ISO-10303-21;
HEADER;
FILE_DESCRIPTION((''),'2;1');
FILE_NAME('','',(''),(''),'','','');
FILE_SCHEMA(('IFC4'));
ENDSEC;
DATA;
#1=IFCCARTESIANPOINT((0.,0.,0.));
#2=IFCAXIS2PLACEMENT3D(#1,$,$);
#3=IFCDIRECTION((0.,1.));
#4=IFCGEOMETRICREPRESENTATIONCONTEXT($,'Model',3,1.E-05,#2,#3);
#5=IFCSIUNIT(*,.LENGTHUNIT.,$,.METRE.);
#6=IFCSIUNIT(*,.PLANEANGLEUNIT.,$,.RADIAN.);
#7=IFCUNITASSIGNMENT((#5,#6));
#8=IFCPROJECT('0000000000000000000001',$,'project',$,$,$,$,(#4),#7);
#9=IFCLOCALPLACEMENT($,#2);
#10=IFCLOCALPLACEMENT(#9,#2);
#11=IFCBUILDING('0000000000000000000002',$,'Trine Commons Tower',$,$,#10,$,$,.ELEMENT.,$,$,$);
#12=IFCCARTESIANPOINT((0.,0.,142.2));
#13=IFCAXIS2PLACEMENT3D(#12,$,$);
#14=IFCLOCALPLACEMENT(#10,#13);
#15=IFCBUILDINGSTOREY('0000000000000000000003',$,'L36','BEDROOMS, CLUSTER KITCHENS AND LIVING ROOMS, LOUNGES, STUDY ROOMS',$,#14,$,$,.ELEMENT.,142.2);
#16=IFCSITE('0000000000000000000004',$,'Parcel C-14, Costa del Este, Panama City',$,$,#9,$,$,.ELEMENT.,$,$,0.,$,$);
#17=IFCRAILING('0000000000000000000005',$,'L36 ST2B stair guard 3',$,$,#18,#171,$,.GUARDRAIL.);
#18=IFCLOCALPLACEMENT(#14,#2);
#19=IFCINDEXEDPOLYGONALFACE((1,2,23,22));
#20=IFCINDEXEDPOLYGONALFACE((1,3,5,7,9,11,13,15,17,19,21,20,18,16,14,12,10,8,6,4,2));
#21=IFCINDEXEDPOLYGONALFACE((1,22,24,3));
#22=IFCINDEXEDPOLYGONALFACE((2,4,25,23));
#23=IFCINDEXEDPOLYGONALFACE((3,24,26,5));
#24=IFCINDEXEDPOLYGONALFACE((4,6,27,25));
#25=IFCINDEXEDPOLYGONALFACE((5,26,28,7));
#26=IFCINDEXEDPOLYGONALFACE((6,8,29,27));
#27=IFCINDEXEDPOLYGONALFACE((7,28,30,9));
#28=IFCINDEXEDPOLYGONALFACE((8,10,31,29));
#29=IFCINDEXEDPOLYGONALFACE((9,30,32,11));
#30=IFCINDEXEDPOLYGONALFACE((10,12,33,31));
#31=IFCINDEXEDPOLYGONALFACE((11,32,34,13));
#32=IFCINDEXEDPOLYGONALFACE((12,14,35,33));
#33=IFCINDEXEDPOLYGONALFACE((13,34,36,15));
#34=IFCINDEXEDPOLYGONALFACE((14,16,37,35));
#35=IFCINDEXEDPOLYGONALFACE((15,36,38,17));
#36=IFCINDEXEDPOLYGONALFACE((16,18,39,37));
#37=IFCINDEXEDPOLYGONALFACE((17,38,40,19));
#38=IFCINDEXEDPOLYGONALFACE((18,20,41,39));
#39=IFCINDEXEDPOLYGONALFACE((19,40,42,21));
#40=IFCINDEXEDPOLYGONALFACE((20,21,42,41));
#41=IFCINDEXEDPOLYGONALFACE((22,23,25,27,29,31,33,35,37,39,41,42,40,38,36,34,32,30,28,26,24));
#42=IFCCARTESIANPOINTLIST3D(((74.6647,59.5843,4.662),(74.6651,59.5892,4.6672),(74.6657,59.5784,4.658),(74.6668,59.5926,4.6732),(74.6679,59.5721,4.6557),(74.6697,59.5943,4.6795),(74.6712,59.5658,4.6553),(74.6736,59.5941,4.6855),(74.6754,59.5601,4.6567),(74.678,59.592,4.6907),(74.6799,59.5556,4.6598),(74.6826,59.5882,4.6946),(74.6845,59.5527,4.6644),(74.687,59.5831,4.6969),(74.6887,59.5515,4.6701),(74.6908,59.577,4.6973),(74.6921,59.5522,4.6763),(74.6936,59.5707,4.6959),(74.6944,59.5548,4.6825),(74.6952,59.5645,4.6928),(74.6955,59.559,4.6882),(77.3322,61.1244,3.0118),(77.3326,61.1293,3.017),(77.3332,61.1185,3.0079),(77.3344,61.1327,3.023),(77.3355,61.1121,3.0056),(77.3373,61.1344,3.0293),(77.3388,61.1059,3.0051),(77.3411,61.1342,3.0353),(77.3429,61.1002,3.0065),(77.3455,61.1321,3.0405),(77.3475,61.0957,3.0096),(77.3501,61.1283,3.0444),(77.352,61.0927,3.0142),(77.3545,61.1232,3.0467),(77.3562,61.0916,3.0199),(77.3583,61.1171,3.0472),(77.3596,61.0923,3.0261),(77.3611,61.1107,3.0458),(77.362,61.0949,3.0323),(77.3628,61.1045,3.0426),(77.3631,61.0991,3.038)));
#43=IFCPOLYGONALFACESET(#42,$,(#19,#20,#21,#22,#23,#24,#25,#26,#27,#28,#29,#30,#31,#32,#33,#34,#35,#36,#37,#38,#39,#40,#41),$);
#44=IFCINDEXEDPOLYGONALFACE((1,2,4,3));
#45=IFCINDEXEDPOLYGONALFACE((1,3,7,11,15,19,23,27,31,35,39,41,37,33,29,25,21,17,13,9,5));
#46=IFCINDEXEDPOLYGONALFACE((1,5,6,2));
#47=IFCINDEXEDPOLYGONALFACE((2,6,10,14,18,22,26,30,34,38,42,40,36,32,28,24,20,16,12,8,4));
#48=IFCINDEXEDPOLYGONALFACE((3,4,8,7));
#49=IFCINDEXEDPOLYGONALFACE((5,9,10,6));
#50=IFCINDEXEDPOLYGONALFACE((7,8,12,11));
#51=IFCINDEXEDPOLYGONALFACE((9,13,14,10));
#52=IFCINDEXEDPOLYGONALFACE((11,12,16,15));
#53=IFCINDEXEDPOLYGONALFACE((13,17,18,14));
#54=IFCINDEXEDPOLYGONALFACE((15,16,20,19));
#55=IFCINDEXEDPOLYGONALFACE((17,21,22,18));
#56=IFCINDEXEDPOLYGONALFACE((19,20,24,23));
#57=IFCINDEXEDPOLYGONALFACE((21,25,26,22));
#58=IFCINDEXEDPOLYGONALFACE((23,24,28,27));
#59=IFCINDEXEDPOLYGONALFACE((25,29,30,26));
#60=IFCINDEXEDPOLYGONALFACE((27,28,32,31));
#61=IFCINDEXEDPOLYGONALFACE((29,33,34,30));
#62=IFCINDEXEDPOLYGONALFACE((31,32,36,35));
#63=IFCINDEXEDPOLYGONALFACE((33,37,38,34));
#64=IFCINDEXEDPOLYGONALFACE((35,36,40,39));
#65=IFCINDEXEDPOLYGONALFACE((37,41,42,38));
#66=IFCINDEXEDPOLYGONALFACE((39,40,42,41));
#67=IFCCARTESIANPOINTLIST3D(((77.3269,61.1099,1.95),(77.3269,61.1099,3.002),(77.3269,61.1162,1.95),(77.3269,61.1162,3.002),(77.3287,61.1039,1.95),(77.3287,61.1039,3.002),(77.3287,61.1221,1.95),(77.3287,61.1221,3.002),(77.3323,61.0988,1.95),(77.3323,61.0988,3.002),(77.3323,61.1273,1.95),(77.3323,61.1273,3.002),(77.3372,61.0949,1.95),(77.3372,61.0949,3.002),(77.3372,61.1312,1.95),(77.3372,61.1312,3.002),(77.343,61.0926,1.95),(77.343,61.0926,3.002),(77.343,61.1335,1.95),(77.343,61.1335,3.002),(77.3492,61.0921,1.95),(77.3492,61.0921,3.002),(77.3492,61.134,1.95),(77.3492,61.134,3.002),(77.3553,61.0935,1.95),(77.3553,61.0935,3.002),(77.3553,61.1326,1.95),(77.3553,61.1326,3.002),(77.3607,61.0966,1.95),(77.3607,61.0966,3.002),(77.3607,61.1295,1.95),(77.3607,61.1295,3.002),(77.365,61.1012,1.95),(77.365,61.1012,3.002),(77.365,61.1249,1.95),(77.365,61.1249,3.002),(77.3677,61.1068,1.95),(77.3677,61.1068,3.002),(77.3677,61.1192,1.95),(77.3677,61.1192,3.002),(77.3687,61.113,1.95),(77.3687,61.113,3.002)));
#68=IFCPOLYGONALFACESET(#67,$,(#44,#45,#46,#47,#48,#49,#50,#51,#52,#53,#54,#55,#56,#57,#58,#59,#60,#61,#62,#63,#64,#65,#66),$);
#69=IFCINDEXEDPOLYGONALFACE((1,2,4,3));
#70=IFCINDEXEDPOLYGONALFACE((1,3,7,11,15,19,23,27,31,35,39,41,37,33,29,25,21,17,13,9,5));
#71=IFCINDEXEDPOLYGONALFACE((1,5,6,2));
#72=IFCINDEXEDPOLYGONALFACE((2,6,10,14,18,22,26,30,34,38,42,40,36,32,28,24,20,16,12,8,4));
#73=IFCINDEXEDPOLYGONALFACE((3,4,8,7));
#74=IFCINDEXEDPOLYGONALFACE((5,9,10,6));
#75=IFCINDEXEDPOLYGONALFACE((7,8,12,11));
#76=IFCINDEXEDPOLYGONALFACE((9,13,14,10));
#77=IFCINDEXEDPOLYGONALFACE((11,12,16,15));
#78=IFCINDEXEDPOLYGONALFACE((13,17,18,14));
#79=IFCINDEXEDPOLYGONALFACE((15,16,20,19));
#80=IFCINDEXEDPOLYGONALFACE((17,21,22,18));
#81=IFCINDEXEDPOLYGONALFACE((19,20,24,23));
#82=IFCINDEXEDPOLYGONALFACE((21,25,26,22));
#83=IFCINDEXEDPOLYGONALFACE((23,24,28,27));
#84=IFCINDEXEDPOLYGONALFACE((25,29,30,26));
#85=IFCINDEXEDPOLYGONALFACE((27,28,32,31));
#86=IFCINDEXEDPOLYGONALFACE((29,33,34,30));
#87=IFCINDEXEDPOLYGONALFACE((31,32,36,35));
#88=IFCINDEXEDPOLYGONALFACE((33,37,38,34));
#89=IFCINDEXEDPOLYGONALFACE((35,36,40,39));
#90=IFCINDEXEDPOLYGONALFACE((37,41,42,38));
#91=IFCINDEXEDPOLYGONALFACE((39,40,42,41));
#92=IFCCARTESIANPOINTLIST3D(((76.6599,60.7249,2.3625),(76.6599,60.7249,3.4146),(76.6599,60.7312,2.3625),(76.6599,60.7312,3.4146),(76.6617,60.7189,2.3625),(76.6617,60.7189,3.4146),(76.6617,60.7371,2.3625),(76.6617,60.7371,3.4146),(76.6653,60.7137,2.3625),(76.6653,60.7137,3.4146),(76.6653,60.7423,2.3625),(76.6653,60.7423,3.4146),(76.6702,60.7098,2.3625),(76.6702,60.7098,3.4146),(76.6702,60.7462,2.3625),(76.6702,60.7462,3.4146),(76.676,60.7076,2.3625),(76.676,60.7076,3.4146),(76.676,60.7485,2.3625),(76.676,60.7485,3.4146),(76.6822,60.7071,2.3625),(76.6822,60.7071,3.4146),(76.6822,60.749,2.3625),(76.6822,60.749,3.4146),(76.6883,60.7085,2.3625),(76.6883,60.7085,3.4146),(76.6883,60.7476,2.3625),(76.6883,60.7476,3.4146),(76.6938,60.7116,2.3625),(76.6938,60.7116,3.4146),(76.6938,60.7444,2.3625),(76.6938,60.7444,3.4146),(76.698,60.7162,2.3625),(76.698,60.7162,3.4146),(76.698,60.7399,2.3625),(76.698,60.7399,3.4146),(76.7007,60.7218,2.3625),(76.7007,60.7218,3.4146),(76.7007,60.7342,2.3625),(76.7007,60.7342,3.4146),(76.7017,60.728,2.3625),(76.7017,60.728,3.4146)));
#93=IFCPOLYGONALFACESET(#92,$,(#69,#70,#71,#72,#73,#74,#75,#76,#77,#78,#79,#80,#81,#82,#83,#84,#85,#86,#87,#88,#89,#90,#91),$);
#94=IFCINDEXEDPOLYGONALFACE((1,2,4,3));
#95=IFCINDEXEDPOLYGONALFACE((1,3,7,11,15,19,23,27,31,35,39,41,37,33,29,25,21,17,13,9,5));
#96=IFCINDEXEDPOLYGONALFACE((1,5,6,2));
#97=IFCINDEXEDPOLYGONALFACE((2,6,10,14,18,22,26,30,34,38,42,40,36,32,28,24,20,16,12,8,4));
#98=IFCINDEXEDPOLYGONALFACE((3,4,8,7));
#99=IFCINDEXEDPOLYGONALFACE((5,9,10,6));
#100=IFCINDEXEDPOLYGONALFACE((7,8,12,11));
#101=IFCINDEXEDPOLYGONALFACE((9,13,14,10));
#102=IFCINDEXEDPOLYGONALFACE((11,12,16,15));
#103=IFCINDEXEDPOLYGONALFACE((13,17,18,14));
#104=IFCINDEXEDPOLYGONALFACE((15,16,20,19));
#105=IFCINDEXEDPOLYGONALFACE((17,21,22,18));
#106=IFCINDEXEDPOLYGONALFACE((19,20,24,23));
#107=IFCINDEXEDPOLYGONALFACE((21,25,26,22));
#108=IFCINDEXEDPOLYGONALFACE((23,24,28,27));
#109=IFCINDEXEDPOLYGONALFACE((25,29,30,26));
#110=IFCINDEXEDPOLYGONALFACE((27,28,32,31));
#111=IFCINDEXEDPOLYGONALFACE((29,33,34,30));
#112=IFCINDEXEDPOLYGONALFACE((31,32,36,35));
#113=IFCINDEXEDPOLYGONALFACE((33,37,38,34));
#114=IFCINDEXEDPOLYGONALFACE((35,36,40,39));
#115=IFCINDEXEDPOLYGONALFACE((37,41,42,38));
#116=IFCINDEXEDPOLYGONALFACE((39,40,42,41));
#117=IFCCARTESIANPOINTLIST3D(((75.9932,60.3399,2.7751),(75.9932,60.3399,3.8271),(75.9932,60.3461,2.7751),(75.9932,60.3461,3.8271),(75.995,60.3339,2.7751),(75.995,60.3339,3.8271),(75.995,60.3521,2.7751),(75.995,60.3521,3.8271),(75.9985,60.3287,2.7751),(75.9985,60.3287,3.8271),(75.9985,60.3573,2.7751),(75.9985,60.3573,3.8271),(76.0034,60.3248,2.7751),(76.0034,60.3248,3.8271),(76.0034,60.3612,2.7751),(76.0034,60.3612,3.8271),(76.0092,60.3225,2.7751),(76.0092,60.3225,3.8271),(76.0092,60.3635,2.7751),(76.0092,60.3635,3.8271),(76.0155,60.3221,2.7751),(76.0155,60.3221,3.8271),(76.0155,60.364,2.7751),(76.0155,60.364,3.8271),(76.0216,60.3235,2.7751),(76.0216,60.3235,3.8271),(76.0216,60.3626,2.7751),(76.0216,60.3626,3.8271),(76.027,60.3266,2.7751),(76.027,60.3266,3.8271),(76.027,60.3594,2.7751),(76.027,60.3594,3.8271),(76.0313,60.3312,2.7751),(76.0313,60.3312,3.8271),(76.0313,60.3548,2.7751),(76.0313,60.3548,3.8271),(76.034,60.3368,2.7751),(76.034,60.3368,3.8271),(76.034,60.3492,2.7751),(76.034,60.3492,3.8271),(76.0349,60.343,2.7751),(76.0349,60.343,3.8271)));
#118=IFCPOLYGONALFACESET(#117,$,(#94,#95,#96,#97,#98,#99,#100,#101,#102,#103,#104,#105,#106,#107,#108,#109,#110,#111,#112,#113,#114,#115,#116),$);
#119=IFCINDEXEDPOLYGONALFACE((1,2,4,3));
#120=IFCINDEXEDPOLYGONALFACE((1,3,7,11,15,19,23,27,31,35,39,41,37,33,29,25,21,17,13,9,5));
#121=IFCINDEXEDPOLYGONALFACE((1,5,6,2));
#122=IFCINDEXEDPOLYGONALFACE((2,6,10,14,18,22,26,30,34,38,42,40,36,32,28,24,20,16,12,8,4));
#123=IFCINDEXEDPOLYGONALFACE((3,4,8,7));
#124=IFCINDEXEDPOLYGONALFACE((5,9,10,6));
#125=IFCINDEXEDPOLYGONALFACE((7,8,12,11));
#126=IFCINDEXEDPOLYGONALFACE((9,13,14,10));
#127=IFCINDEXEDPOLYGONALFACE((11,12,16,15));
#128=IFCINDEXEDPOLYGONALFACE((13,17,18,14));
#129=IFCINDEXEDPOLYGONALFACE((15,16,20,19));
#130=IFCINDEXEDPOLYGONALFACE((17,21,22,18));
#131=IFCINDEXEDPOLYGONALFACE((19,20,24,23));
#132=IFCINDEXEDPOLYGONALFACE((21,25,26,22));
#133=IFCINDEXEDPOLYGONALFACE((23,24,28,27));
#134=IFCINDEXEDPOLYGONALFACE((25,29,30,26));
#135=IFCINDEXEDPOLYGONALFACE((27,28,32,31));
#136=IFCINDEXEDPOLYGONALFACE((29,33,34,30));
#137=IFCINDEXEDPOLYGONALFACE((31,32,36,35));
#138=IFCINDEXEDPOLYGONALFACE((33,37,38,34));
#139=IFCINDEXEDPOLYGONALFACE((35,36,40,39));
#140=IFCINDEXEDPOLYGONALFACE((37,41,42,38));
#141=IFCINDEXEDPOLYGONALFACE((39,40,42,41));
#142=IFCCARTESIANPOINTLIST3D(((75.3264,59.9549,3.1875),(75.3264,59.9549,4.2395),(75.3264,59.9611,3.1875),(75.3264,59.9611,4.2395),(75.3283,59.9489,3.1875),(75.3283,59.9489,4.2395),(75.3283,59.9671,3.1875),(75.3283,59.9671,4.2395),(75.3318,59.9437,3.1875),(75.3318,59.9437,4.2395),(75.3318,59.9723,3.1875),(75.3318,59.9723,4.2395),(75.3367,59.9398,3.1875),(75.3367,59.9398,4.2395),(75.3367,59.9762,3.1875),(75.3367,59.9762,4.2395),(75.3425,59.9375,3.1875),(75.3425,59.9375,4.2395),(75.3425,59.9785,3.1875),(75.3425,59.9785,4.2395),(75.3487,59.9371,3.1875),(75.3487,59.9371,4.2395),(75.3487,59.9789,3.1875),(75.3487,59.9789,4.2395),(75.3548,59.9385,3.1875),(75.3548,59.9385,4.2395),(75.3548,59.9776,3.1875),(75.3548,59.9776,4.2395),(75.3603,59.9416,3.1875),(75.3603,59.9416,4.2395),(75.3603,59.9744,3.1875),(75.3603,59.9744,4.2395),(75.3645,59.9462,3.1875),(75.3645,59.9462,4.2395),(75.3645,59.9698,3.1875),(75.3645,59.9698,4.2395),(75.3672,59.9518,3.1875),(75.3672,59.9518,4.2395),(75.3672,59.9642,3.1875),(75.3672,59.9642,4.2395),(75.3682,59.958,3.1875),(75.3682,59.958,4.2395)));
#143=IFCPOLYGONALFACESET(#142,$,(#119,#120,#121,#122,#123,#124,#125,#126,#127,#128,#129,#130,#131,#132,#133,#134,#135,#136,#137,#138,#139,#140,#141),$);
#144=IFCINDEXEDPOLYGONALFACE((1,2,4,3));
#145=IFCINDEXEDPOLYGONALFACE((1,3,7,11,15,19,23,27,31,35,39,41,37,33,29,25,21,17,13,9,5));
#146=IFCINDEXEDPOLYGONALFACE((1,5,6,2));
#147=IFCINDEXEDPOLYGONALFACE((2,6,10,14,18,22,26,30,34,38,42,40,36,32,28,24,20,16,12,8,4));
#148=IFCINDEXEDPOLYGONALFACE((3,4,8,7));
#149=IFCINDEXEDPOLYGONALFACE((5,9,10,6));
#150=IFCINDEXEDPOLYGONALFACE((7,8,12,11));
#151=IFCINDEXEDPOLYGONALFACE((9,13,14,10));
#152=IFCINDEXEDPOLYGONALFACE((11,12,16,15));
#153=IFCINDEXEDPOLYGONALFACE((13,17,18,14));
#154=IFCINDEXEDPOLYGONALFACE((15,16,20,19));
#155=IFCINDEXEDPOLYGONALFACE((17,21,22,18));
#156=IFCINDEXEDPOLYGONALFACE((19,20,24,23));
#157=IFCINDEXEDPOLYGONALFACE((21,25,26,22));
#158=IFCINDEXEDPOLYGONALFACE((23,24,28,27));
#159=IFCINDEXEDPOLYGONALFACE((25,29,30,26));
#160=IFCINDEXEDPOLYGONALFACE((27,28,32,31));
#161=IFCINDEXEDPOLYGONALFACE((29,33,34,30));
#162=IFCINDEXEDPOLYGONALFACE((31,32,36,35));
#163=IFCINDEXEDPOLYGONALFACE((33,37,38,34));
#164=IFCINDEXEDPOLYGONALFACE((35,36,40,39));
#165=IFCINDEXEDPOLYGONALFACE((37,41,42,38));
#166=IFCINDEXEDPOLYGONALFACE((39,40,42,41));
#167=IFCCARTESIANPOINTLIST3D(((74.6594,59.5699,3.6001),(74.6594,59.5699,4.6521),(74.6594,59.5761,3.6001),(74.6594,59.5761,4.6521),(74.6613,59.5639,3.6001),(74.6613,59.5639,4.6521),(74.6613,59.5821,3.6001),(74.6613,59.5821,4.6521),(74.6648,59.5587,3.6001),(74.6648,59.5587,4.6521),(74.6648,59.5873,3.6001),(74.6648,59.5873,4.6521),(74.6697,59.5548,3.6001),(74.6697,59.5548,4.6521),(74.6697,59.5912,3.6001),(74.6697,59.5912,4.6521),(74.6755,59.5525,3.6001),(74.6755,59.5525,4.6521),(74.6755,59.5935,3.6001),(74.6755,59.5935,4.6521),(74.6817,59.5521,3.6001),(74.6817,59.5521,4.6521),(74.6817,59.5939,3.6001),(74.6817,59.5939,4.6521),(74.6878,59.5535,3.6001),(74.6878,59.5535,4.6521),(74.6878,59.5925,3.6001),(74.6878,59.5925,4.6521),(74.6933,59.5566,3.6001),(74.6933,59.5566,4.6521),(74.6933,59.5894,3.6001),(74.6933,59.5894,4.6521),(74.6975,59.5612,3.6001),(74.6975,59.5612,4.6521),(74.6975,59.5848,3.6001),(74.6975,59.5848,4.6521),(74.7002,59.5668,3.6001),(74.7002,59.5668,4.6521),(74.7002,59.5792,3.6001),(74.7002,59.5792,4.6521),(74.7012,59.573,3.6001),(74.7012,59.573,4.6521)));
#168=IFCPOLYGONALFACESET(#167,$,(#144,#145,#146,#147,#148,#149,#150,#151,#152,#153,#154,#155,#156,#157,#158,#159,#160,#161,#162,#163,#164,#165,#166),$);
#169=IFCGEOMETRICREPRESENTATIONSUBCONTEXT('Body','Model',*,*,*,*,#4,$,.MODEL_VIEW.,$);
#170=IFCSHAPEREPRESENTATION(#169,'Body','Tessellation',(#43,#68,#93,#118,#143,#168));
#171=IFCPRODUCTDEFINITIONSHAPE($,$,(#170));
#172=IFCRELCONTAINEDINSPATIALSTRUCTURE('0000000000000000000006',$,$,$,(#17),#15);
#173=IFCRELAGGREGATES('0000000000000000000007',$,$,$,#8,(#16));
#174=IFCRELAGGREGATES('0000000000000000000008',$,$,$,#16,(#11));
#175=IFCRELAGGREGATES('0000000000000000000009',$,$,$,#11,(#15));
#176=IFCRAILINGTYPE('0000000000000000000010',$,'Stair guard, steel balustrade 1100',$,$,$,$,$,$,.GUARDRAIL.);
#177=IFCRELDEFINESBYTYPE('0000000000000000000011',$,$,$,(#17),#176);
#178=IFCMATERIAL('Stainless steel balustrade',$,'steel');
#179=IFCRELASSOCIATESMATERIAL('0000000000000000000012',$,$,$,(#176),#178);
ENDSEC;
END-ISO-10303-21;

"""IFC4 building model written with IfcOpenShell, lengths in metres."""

from ifc_helpers import new_model, si_unit, direction, frame, origin, origin_2d, place, context, subcontext, project, spatial, circle, extrude, material, type_object, element, save


model = new_model("IFC4")

# Units and contexts
model_context = context("Model", 3, precision=1e-05, world=origin(), true_north=direction((0.0, 1.0)))
body_context = subcontext(model_context, "Body", "Model", "MODEL_VIEW")
ifc_project = project(units=[si_unit("LENGTHUNIT", "METRE"), si_unit("PLANEANGLEUNIT", "RADIAN")], contexts=[model_context])

# Site, building, storey
site_placement = place(None, origin())
site = spatial("IfcSite", under=ifc_project, at=site_placement, Name="Parcel C-14, Costa del Este, Panama City", CompositionType="ELEMENT", RefElevation=0.0)
building_placement = place(site_placement, origin())
building = spatial("IfcBuilding", under=site, at=building_placement, Name="Trine Commons Tower", CompositionType="ELEMENT")
storey_placement = place(building_placement, frame((0.0, 0.0, 142.2)))
storey = spatial("IfcBuildingStorey", under=building, at=storey_placement, Name="L36", Description="BEDROOMS, CLUSTER KITCHENS AND LIVING ROOMS, LOUNGES, STUDY ROOMS", CompositionType="ELEMENT", Elevation=142.2)

# Railing
ifc_material_1 = material(Name="Stainless steel balustrade", Category="steel")
railing_type_1 = type_object("IfcRailingType", Name="Stair guard, steel balustrade 1100", PredefinedType="GUARDRAIL", material=ifc_material_1)
railing_1_placement = place(storey_placement, frame((77.3477, 61.113, 1.95)))
element("IfcRailing", 1, at=railing_1_placement, inside=storey, type_object=railing_type_1, Name="L36 ST2B stair guard 3", PredefinedType="GUARDRAIL", context=body_context, shape_type="SweptSolid", body=[
    extrude(circle(Radius=0.0239, at=origin_2d()), frame((0.0, 0.0, 1.0762), z_axis=(-0.76338, -0.440728, 0.472239), x_axis=(0.499992, -0.86603, 0.0)), (0.0, 0.0, 1.0), 3.4944),
    extrude(circle(Radius=0.021, at=origin_2d()), origin(), (0.0, 0.0, 1.0), 1.052),
    extrude(circle(Radius=0.021, at=origin_2d()), frame((-0.667, -0.385, 0.4126)), (0.0, 0.0, 1.0), 1.052),
    extrude(circle(Radius=0.021, at=origin_2d()), frame((-1.3337, -0.77, 0.8252)), (0.0, 0.0, 1.0), 1.052),
    extrude(circle(Radius=0.021, at=origin_2d()), frame((-2.0005, -1.155, 1.2375)), (0.0, 0.0, 1.0), 1.052),
    extrude(circle(Radius=0.021, at=origin_2d()), frame((-2.6675, -1.54, 1.6501)), (0.0, 0.0, 1.0), 1.052),
])

save(model, "model.ifc")
